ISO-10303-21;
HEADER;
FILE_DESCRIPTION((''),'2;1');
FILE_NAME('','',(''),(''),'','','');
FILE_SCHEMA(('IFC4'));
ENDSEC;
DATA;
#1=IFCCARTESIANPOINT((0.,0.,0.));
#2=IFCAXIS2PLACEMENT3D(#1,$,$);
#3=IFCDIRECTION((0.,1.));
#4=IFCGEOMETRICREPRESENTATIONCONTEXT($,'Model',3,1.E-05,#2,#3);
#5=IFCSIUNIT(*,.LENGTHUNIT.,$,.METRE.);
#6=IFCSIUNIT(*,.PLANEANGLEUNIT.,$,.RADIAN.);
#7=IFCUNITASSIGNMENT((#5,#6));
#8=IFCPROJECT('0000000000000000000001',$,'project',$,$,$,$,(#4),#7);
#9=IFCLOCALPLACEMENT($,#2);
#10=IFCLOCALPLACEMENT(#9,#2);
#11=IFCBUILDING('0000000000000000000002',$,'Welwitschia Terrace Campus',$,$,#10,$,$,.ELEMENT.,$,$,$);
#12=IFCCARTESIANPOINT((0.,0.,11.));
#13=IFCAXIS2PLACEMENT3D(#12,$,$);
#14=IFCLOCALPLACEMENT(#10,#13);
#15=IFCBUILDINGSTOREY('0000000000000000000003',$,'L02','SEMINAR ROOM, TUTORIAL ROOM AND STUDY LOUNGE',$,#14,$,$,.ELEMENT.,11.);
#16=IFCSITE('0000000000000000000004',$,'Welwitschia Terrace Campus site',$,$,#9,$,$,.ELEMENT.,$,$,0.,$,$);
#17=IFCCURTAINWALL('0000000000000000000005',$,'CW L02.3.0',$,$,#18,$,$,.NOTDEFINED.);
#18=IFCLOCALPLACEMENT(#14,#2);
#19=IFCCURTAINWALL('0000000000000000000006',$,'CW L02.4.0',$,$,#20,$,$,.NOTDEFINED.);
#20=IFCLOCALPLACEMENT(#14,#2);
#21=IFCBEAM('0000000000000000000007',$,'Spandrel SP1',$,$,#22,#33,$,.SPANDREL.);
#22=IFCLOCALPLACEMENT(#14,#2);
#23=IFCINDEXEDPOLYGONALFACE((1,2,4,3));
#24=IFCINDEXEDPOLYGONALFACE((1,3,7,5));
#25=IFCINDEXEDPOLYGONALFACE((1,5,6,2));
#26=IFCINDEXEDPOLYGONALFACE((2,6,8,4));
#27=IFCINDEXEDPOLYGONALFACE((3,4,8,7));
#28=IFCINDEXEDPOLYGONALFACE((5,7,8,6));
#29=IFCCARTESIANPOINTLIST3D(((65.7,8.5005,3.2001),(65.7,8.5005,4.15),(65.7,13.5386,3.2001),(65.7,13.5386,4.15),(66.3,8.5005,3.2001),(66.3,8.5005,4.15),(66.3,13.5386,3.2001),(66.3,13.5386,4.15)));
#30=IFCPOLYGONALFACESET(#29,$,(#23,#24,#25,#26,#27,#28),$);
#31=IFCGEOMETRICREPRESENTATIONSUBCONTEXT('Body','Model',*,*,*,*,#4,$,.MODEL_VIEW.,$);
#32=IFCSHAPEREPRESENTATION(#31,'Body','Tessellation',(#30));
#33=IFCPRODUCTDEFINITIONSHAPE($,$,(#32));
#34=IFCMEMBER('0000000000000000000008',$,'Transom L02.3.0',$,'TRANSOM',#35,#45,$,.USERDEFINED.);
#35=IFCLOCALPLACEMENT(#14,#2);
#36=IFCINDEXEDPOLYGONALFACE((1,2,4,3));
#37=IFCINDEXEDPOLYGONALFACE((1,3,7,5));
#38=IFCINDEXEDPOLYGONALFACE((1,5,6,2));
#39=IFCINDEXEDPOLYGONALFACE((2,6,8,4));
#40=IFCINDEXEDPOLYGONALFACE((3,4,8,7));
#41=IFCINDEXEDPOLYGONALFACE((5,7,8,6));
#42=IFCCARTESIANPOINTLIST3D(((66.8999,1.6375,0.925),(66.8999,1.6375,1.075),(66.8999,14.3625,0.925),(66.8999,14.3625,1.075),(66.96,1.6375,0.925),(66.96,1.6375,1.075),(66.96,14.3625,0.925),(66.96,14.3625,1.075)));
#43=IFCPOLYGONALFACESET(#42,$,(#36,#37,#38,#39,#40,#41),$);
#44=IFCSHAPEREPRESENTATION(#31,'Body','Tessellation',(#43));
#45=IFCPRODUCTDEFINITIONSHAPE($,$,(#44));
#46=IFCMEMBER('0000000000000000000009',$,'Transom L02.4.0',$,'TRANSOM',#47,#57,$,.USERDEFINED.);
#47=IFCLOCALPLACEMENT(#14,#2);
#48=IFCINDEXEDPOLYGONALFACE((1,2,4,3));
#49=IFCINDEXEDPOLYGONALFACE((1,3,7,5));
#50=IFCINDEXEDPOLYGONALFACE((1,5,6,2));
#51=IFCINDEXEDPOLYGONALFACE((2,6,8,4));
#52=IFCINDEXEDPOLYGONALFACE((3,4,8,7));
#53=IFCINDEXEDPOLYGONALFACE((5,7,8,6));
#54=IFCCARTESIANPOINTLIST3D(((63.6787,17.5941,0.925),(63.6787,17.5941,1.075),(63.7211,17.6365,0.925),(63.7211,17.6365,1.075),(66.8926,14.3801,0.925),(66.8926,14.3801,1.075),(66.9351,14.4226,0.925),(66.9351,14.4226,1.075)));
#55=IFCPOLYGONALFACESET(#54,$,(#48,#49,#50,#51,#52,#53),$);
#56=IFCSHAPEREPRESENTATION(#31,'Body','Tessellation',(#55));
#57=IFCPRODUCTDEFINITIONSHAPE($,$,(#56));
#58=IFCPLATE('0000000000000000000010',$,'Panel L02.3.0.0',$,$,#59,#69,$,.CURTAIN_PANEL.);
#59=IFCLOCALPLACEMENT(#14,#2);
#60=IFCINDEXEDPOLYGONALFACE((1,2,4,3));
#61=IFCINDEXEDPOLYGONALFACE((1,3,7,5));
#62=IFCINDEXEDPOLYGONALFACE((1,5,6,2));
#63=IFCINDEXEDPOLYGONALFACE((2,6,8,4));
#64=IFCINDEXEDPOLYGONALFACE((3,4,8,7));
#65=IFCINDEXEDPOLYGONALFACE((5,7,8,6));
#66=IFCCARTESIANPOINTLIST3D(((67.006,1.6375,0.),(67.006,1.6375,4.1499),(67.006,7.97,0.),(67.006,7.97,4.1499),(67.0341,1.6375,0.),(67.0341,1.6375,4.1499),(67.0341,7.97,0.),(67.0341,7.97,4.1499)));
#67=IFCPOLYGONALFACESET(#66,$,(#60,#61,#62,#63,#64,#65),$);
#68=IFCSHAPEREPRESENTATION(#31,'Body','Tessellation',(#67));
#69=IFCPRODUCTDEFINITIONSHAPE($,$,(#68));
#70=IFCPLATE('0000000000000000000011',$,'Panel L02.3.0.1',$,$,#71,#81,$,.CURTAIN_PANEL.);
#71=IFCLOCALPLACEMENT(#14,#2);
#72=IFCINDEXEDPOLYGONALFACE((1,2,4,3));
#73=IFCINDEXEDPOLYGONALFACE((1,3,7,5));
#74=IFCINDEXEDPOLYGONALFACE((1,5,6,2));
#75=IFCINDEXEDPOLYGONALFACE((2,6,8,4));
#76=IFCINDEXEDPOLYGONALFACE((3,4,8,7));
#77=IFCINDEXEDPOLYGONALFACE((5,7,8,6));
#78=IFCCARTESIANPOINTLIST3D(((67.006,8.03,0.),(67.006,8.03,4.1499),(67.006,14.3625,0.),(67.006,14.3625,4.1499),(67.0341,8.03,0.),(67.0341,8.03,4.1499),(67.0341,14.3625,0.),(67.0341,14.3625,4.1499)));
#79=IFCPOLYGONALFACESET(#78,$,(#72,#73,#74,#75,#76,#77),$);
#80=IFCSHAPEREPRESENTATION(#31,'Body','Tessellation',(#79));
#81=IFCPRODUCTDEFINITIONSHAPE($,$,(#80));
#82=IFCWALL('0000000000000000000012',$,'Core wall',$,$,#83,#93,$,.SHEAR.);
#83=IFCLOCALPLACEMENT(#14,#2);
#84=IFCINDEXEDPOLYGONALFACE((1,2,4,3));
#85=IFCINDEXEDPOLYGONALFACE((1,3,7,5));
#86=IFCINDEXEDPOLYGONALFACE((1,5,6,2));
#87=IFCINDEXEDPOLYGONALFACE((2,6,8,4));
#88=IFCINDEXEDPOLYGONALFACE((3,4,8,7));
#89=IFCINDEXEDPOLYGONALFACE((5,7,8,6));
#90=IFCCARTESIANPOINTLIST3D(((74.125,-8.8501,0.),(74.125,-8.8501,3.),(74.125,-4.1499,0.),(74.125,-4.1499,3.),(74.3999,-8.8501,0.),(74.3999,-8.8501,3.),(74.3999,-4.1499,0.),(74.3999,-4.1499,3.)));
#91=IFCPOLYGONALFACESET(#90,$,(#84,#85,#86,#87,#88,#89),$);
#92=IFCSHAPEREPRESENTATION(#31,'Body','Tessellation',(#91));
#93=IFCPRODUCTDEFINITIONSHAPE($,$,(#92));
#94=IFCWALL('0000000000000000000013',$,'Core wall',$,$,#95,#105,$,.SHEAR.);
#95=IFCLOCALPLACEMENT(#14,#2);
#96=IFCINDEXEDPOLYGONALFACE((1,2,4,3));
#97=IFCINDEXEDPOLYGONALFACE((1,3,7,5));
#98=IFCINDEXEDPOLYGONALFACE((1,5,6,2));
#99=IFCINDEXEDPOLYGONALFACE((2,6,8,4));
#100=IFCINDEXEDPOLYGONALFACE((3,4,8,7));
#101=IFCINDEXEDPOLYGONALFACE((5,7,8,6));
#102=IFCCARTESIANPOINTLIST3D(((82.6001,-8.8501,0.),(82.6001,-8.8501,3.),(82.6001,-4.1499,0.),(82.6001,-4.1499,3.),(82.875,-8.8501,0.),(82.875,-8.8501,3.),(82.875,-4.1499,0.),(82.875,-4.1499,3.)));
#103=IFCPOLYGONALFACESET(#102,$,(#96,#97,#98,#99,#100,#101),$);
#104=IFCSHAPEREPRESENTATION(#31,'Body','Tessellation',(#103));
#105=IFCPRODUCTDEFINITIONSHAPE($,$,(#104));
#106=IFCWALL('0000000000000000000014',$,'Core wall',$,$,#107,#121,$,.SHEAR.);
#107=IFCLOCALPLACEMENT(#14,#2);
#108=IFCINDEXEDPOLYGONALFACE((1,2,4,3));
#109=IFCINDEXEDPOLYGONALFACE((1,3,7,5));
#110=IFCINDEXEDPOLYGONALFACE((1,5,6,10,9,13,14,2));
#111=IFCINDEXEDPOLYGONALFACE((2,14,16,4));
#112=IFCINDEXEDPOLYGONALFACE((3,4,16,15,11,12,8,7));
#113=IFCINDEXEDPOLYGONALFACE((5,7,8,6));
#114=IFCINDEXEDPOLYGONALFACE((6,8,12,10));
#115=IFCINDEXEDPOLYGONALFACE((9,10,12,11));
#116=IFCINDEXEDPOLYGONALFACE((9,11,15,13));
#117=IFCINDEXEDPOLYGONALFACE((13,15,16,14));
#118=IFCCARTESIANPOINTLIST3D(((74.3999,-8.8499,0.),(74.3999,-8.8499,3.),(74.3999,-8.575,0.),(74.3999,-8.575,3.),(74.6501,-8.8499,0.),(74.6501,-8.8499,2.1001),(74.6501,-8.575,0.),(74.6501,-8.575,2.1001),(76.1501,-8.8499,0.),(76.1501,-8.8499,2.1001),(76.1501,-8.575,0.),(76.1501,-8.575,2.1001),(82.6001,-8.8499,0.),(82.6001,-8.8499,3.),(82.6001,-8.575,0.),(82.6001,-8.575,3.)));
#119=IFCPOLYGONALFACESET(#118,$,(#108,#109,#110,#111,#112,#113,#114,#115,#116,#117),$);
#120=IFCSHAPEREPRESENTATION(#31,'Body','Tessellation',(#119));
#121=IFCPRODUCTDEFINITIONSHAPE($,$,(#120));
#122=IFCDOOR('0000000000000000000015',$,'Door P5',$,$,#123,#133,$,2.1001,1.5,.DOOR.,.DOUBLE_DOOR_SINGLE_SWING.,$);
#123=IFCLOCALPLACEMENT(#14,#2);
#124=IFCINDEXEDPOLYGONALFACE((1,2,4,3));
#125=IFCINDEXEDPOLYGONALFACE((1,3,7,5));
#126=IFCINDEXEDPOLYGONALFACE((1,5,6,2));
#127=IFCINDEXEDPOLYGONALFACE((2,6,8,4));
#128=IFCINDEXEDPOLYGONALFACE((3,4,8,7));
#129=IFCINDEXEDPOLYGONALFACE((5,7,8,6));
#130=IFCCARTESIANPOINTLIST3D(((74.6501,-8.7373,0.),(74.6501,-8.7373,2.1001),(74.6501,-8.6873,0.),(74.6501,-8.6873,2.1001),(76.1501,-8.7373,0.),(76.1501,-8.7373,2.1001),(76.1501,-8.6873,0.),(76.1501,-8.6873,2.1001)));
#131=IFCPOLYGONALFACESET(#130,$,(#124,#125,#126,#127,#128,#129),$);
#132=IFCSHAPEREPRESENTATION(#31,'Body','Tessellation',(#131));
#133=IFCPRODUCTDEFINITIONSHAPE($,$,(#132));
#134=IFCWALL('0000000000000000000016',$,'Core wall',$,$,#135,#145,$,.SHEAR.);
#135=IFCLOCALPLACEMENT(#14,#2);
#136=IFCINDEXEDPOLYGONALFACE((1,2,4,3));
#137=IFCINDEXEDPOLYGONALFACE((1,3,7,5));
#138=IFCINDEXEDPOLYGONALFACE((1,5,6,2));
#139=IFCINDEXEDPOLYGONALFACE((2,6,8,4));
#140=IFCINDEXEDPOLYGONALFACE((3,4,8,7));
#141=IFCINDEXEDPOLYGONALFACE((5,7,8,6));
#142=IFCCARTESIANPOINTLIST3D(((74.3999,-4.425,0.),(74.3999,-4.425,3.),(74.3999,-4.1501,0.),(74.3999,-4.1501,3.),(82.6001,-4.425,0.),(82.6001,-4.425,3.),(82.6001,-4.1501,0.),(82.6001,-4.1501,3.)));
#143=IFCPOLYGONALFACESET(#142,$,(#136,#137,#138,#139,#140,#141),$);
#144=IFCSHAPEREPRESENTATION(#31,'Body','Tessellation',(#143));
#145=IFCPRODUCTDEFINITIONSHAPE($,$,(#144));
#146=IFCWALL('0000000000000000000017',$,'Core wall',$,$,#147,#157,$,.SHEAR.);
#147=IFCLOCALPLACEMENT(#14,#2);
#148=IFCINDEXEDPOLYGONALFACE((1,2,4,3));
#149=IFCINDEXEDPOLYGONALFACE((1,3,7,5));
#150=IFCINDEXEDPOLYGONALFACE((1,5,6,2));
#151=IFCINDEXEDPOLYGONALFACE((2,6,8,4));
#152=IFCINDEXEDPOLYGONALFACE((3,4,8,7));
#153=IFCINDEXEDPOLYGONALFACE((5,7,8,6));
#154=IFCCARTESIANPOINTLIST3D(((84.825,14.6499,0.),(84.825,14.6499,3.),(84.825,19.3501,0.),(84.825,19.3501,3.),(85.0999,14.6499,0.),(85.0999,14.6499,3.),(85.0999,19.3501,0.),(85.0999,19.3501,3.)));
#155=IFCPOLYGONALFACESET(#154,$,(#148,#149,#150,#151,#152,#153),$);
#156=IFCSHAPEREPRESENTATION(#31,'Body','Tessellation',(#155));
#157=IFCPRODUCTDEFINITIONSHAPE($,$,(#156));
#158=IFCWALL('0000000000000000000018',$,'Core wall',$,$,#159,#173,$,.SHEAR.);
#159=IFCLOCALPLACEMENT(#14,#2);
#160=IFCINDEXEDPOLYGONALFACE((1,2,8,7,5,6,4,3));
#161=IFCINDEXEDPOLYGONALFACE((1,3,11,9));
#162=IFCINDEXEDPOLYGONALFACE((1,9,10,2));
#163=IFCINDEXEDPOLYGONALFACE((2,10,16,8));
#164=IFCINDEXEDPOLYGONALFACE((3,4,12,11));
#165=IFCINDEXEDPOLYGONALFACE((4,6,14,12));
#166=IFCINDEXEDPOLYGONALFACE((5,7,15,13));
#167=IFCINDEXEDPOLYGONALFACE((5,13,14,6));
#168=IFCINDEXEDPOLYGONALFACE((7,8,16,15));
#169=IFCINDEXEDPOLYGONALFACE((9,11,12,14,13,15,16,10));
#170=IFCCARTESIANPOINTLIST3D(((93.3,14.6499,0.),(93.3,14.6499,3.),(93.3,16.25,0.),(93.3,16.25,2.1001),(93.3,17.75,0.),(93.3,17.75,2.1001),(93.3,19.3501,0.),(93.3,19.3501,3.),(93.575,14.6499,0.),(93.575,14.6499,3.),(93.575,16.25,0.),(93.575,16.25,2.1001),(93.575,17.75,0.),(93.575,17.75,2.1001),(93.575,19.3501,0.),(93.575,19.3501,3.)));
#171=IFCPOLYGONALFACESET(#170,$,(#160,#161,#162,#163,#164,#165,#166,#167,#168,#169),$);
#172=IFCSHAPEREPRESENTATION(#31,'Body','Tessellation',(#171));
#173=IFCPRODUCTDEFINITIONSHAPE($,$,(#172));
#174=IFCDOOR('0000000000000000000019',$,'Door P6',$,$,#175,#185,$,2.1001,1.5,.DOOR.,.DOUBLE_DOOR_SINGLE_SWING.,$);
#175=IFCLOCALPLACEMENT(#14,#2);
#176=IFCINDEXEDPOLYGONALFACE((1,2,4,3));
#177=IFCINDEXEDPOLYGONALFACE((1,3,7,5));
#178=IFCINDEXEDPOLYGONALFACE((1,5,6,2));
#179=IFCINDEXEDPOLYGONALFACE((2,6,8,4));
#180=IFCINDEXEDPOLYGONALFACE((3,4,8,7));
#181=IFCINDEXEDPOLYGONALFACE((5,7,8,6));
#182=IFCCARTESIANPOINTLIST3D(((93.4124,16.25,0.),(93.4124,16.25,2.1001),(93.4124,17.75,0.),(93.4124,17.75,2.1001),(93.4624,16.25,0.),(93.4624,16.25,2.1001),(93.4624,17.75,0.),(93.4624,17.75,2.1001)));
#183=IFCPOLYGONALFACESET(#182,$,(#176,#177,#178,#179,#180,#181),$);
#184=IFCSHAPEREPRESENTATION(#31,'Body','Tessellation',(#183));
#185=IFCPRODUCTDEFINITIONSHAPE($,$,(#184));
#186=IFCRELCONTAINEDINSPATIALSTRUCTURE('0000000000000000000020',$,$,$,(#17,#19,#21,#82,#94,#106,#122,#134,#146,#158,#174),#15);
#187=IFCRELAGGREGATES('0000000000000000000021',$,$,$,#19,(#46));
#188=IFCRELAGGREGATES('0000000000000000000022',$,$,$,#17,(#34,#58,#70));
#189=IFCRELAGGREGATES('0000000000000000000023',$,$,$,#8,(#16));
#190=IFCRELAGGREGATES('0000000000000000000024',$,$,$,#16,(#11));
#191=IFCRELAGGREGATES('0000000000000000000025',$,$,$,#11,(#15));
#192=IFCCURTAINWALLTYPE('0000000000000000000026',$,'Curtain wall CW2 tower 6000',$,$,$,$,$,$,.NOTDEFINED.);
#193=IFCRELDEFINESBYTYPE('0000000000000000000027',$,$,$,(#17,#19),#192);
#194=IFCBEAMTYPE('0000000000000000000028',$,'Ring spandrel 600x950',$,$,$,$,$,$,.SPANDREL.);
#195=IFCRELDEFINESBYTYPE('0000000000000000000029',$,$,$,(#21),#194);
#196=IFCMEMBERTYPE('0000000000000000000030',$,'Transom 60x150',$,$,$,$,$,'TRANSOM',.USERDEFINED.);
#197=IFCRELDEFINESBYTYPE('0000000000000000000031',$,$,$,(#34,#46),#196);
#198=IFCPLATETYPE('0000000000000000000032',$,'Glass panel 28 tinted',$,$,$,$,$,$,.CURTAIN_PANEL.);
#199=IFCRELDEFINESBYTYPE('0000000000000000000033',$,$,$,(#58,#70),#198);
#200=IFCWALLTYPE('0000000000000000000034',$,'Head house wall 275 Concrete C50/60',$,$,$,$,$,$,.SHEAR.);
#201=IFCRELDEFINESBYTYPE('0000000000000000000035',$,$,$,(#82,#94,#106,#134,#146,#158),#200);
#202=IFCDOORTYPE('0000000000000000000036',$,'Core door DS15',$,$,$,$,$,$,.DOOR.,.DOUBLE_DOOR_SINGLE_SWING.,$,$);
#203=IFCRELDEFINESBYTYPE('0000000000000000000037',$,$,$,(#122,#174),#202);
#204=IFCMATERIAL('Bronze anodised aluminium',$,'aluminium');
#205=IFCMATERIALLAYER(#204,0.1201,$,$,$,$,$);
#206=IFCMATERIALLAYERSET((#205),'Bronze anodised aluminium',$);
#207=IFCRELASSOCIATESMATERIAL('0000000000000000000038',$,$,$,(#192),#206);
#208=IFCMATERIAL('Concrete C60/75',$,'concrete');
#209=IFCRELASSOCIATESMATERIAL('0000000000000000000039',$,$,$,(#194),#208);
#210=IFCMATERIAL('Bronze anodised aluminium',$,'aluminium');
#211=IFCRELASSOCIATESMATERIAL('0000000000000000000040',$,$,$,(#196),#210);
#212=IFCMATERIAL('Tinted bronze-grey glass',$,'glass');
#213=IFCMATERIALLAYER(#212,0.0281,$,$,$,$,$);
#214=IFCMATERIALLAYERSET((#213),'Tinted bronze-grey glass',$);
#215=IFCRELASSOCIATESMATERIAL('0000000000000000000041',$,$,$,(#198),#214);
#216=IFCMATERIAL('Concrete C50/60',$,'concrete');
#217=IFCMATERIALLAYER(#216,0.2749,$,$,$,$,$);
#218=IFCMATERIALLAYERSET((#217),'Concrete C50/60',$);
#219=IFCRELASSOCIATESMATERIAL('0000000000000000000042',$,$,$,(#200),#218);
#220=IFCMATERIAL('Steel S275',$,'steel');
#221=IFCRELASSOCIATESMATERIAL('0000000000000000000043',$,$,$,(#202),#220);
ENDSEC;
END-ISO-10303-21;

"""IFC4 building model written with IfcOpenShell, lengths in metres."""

from ifc_helpers import new_model, si_unit, direction, frame, frame_2d, origin, origin_2d, place, context, subcontext, project, spatial, rectangle, extrude, material, layer, layer_set, material_profile, profile_set, type_object, element, fill, aggregate, save


model = new_model("IFC4")

# Units and contexts
model_context = context("Model", 3, precision=1e-05, world=origin(), true_north=direction((0.0, 1.0)))
body_context = subcontext(model_context, "Body", "Model", "MODEL_VIEW")
ifc_project = project(units=[si_unit("LENGTHUNIT", "METRE"), si_unit("PLANEANGLEUNIT", "RADIAN")], contexts=[model_context])

# Site, building, storey
site_placement = place(None, origin())
site = spatial("IfcSite", under=ifc_project, at=site_placement, Name="Welwitschia Terrace Campus site", CompositionType="ELEMENT", RefElevation=0.0)
building_placement = place(site_placement, origin())
building = spatial("IfcBuilding", under=site, at=building_placement, Name="Welwitschia Terrace Campus", CompositionType="ELEMENT")
storey_placement = place(building_placement, frame((0.0, 0.0, 11.0)))
storey = spatial("IfcBuildingStorey", under=building, at=storey_placement, Name="L02", Description="SEMINAR ROOM, TUTORIAL ROOM AND STUDY LOUNGE", CompositionType="ELEMENT", Elevation=11.0)

# Shared definitions
ifc_material_1 = material(Name="Bronze anodised aluminium", Category="aluminium")
ifc_layer_1 = layer(ifc_material_1, 0.1201)
ifc_layer_set_1 = layer_set([ifc_layer_1], Name="Bronze anodised aluminium")
curtain_wall_type = type_object("IfcCurtainWallType", Name="Curtain wall CW2 tower 6000", PredefinedType="NOTDEFINED", material=ifc_layer_set_1)

# Curtain wall
curtain_wall_1_placement = place(storey_placement, origin())
curtain_wall_1 = element("IfcCurtainWall", 1, at=curtain_wall_1_placement, inside=storey, type_object=curtain_wall_type, Name="CW L02.3.0", PredefinedType="NOTDEFINED")

# Curtain wall
curtain_wall_2_placement = place(storey_placement, origin())
curtain_wall_2 = element("IfcCurtainWall", 2, at=curtain_wall_2_placement, inside=storey, type_object=curtain_wall_type, Name="CW L02.4.0", PredefinedType="NOTDEFINED")

# Beam
ifc_material_2 = material(Name="Concrete C60/75", Category="concrete")
ifc_material_profile_1 = material_profile(ifc_material_2, rectangle(XDim=0.6001, YDim=0.95, at=origin_2d()))
ifc_profile_set_1 = profile_set([ifc_material_profile_1], Name="Concrete C60/75")
beam_type = type_object("IfcBeamType", Name="Ring spandrel 600x950", PredefinedType="SPANDREL", material=ifc_profile_set_1)
for number, where, z_axis, x_axis, name in (
    (3, (66.0, 8.5005, 3.675), (0.0, 1.0, 0.0), (-1.0, 0.0, 0.0), "Spandrel SP1"),
):
    element("IfcBeam", number, at=place(storey_placement, frame(where, z_axis=z_axis, x_axis=x_axis)), inside=storey, type_object=beam_type, Name=name, PredefinedType="SPANDREL", context=body_context, shape_type="SweptSolid", body=[
        extrude(rectangle(XDim=0.6001, YDim=0.95, at=origin_2d()), origin(), (0.0, 0.0, 1.0), 5.0381),
    ])

# Members
ifc_material_3 = material(Name="Bronze anodised aluminium", Category="aluminium")
ifc_material_profile_2 = material_profile(ifc_material_3, rectangle(XDim=0.0601, YDim=0.1499, at=origin_2d()))
ifc_profile_set_2 = profile_set([ifc_material_profile_2], Name="Bronze anodised aluminium")
member_type_1 = type_object("IfcMemberType", Name="Transom 60x150", ElementType="TRANSOM", PredefinedType="USERDEFINED", material=ifc_profile_set_2)
member_1_placement = place(storey_placement, frame((66.9299, 1.6375, 1.0), z_axis=(0.0, 1.0, 0.0), x_axis=(-1.0, 0.0, 0.0)))
member_1 = element("IfcMember", 4, at=member_1_placement, type_object=member_type_1, Name="Transom L02.3.0", ObjectType="TRANSOM", PredefinedType="USERDEFINED", context=body_context, shape_type="SweptSolid", body=[
    extrude(rectangle(XDim=0.0601, YDim=0.1499, at=origin_2d()), origin(), (0.0, 0.0, 1.0), 12.7251),
])
member_2_placement = place(storey_placement, frame((66.9138, 14.4014, 1.0), z_axis=(-0.707107, 0.707107, 0.0), x_axis=(-0.707107, -0.707107, 0.0)))
member_2 = element("IfcMember", 5, at=member_2_placement, type_object=member_type_1, Name="Transom L02.4.0", ObjectType="TRANSOM", PredefinedType="USERDEFINED", context=body_context, shape_type="SweptSolid", body=[
    extrude(rectangle(XDim=0.0601, YDim=0.1499, at=origin_2d()), origin(), (0.0, 0.0, 1.0), 4.5452),
])
aggregate(curtain_wall_2, [member_2])

# Plates
ifc_material_4 = material(Name="Tinted bronze-grey glass", Category="glass")
ifc_layer_2 = layer(ifc_material_4, 0.0281)
ifc_layer_set_2 = layer_set([ifc_layer_2], Name="Tinted bronze-grey glass")
plate_type = type_object("IfcPlateType", Name="Glass panel 28 tinted", PredefinedType="CURTAIN_PANEL", material=ifc_layer_set_2)
plate_1_placement = place(storey_placement, frame((67.02, 4.8037, 0.0), z_axis=(0.0, 0.0, 1.0), x_axis=(0.0, 1.0, 0.0)))
plate_1 = element("IfcPlate", 6, at=plate_1_placement, type_object=plate_type, Name="Panel L02.3.0.0", PredefinedType="CURTAIN_PANEL", context=body_context, shape_type="SweptSolid", body=[
    extrude(rectangle(XDim=6.3325, YDim=0.0281, at=origin_2d()), origin(), (0.0, 0.0, 1.0), 4.1499),
])
plate_2_placement = place(storey_placement, frame((67.02, 11.1963, 0.0), z_axis=(0.0, 0.0, 1.0), x_axis=(0.0, 1.0, 0.0)))
plate_2 = element("IfcPlate", 7, at=plate_2_placement, type_object=plate_type, Name="Panel L02.3.0.1", PredefinedType="CURTAIN_PANEL", context=body_context, shape_type="SweptSolid", body=[
    extrude(rectangle(XDim=6.3325, YDim=0.0281, at=origin_2d()), origin(), (0.0, 0.0, 1.0), 4.1499),
])
aggregate(curtain_wall_1, [member_1, plate_1, plate_2])

# Walls
ifc_material_5 = material(Name="Concrete C50/60", Category="concrete")
ifc_layer_3 = layer(ifc_material_5, 0.2749)
ifc_layer_set_3 = layer_set([ifc_layer_3], Name="Concrete C50/60")
wall_type_1 = type_object("IfcWallType", Name="Head house wall 275 Concrete C50/60", PredefinedType="SHEAR", material=ifc_layer_set_3)
for number, where, z_axis, x_axis, name in (
    (8, (74.2625, -8.8501, 0.0), (0.0, 0.0, 1.0), (0.0, 1.0, 0.0), "Core wall"),
    (9, (82.7375, -8.8501, 0.0), (0.0, 0.0, 1.0), (0.0, 1.0, 0.0), "Core wall"),
):
    element("IfcWall", number, at=place(storey_placement, frame(where, z_axis=z_axis, x_axis=x_axis)), inside=storey, type_object=wall_type_1, Name=name, PredefinedType="SHEAR", context=body_context, shape_type="SweptSolid", body=[
        extrude(rectangle(XDim=4.7002, YDim=0.2749, at=frame_2d((2.3501, 0.0))), origin(), (0.0, 0.0, 1.0), 3.0),
    ])

# Wall, opening, door
wall_1_placement = place(storey_placement, frame((82.6001, -8.7124, 0.0), z_axis=(0.0, 0.0, 1.0), x_axis=(-1.0, 0.0, 0.0)))
wall_1 = element("IfcWall", 10, at=wall_1_placement, inside=storey, type_object=wall_type_1, Name="Core wall", PredefinedType="SHEAR", context=body_context, shape_type="SweptSolid", body=[
    extrude(rectangle(XDim=8.2002, YDim=0.2749, at=frame_2d((4.1001, 0.0))), origin(), (0.0, 0.0, 1.0), 3.0),
])
opening_1_placement = place(wall_1_placement, frame((6.45, 0.0, 0.0)))
opening_1 = element("IfcOpeningElement", 11, at=opening_1_placement, cuts=wall_1, PredefinedType="OPENING", context=body_context, shape_type="SweptSolid", body=[
    extrude(rectangle(XDim=1.5, YDim=2.1001, at=frame_2d((0.75, 1.05))), frame((0.0, 0.1475, 0.0), z_axis=(0.0, -1.0, 0.0), x_axis=(1.0, 0.0, 0.0)), (0.0, 0.0, 1.0), 0.2949),
])
ifc_material_6 = material(Name="Steel S275", Category="steel")
door_type = type_object("IfcDoorType", Name="Core door DS15", OperationType="DOUBLE_DOOR_SINGLE_SWING", PredefinedType="DOOR", material=ifc_material_6)
door_1_placement = place(opening_1_placement, origin())
door_1 = element("IfcDoor", 12, at=door_1_placement, inside=storey, type_object=door_type, Name="Door P5", OperationType="DOUBLE_DOOR_SINGLE_SWING", OverallHeight=2.1001, OverallWidth=1.5, PredefinedType="DOOR", context=body_context, shape_type="SweptSolid", body=[
    extrude(rectangle(XDim=1.5, YDim=2.1001, at=frame_2d((0.75, 1.05))), frame((0.0, 0.0249, 0.0), z_axis=(0.0, -1.0, 0.0), x_axis=(1.0, 0.0, 0.0)), (0.0, 0.0, 1.0), 0.05),
])
fill(opening_1, door_1)

# Walls
wall_2_placement = place(storey_placement, frame((74.3999, -4.2876, 0.0), z_axis=(0.0, 0.0, 1.0), x_axis=(1.0, 0.0, 0.0)))
element("IfcWall", 13, at=wall_2_placement, inside=storey, type_object=wall_type_1, Name="Core wall", PredefinedType="SHEAR", context=body_context, shape_type="SweptSolid", body=[
    extrude(rectangle(XDim=8.2002, YDim=0.2749, at=frame_2d((4.1001, 0.0))), origin(), (0.0, 0.0, 1.0), 3.0),
])
wall_3_placement = place(storey_placement, frame((84.9624, 14.6499, 0.0), z_axis=(0.0, 0.0, 1.0), x_axis=(0.0, 1.0, 0.0)))
element("IfcWall", 14, at=wall_3_placement, inside=storey, type_object=wall_type_1, Name="Core wall", PredefinedType="SHEAR", context=body_context, shape_type="SweptSolid", body=[
    extrude(rectangle(XDim=4.7002, YDim=0.2749, at=frame_2d((2.3501, 0.0))), origin(), (0.0, 0.0, 1.0), 3.0),
])

# Wall, opening, door
wall_4_placement = place(storey_placement, frame((93.4375, 19.3501, 0.0), z_axis=(0.0, 0.0, 1.0), x_axis=(0.0, -1.0, 0.0)))
wall_4 = element("IfcWall", 15, at=wall_4_placement, inside=storey, type_object=wall_type_1, Name="Core wall", PredefinedType="SHEAR", context=body_context, shape_type="SweptSolid", body=[
    extrude(rectangle(XDim=4.7002, YDim=0.2749, at=frame_2d((2.3501, 0.0))), origin(), (0.0, 0.0, 1.0), 3.0),
])
opening_2_placement = place(wall_4_placement, frame((1.6001, 0.0, 0.0)))
opening_2 = element("IfcOpeningElement", 16, at=opening_2_placement, cuts=wall_4, PredefinedType="OPENING", context=body_context, shape_type="SweptSolid", body=[
    extrude(rectangle(XDim=1.5, YDim=2.1001, at=frame_2d((0.75, 1.05))), frame((0.0, 0.1475, 0.0), z_axis=(0.0, -1.0, 0.0), x_axis=(1.0, 0.0, 0.0)), (0.0, 0.0, 1.0), 0.2949),
])
door_2_placement = place(opening_2_placement, origin())
door_2 = element("IfcDoor", 17, at=door_2_placement, inside=storey, type_object=door_type, Name="Door P6", OperationType="DOUBLE_DOOR_SINGLE_SWING", OverallHeight=2.1001, OverallWidth=1.5, PredefinedType="DOOR", context=body_context, shape_type="SweptSolid", body=[
    extrude(rectangle(XDim=1.5, YDim=2.1001, at=frame_2d((0.75, 1.05))), frame((0.0, 0.0249, 0.0), z_axis=(0.0, -1.0, 0.0), x_axis=(1.0, 0.0, 0.0)), (0.0, 0.0, 1.0), 0.05),
])
fill(opening_2, door_2)

save(model, "model.ifc")
